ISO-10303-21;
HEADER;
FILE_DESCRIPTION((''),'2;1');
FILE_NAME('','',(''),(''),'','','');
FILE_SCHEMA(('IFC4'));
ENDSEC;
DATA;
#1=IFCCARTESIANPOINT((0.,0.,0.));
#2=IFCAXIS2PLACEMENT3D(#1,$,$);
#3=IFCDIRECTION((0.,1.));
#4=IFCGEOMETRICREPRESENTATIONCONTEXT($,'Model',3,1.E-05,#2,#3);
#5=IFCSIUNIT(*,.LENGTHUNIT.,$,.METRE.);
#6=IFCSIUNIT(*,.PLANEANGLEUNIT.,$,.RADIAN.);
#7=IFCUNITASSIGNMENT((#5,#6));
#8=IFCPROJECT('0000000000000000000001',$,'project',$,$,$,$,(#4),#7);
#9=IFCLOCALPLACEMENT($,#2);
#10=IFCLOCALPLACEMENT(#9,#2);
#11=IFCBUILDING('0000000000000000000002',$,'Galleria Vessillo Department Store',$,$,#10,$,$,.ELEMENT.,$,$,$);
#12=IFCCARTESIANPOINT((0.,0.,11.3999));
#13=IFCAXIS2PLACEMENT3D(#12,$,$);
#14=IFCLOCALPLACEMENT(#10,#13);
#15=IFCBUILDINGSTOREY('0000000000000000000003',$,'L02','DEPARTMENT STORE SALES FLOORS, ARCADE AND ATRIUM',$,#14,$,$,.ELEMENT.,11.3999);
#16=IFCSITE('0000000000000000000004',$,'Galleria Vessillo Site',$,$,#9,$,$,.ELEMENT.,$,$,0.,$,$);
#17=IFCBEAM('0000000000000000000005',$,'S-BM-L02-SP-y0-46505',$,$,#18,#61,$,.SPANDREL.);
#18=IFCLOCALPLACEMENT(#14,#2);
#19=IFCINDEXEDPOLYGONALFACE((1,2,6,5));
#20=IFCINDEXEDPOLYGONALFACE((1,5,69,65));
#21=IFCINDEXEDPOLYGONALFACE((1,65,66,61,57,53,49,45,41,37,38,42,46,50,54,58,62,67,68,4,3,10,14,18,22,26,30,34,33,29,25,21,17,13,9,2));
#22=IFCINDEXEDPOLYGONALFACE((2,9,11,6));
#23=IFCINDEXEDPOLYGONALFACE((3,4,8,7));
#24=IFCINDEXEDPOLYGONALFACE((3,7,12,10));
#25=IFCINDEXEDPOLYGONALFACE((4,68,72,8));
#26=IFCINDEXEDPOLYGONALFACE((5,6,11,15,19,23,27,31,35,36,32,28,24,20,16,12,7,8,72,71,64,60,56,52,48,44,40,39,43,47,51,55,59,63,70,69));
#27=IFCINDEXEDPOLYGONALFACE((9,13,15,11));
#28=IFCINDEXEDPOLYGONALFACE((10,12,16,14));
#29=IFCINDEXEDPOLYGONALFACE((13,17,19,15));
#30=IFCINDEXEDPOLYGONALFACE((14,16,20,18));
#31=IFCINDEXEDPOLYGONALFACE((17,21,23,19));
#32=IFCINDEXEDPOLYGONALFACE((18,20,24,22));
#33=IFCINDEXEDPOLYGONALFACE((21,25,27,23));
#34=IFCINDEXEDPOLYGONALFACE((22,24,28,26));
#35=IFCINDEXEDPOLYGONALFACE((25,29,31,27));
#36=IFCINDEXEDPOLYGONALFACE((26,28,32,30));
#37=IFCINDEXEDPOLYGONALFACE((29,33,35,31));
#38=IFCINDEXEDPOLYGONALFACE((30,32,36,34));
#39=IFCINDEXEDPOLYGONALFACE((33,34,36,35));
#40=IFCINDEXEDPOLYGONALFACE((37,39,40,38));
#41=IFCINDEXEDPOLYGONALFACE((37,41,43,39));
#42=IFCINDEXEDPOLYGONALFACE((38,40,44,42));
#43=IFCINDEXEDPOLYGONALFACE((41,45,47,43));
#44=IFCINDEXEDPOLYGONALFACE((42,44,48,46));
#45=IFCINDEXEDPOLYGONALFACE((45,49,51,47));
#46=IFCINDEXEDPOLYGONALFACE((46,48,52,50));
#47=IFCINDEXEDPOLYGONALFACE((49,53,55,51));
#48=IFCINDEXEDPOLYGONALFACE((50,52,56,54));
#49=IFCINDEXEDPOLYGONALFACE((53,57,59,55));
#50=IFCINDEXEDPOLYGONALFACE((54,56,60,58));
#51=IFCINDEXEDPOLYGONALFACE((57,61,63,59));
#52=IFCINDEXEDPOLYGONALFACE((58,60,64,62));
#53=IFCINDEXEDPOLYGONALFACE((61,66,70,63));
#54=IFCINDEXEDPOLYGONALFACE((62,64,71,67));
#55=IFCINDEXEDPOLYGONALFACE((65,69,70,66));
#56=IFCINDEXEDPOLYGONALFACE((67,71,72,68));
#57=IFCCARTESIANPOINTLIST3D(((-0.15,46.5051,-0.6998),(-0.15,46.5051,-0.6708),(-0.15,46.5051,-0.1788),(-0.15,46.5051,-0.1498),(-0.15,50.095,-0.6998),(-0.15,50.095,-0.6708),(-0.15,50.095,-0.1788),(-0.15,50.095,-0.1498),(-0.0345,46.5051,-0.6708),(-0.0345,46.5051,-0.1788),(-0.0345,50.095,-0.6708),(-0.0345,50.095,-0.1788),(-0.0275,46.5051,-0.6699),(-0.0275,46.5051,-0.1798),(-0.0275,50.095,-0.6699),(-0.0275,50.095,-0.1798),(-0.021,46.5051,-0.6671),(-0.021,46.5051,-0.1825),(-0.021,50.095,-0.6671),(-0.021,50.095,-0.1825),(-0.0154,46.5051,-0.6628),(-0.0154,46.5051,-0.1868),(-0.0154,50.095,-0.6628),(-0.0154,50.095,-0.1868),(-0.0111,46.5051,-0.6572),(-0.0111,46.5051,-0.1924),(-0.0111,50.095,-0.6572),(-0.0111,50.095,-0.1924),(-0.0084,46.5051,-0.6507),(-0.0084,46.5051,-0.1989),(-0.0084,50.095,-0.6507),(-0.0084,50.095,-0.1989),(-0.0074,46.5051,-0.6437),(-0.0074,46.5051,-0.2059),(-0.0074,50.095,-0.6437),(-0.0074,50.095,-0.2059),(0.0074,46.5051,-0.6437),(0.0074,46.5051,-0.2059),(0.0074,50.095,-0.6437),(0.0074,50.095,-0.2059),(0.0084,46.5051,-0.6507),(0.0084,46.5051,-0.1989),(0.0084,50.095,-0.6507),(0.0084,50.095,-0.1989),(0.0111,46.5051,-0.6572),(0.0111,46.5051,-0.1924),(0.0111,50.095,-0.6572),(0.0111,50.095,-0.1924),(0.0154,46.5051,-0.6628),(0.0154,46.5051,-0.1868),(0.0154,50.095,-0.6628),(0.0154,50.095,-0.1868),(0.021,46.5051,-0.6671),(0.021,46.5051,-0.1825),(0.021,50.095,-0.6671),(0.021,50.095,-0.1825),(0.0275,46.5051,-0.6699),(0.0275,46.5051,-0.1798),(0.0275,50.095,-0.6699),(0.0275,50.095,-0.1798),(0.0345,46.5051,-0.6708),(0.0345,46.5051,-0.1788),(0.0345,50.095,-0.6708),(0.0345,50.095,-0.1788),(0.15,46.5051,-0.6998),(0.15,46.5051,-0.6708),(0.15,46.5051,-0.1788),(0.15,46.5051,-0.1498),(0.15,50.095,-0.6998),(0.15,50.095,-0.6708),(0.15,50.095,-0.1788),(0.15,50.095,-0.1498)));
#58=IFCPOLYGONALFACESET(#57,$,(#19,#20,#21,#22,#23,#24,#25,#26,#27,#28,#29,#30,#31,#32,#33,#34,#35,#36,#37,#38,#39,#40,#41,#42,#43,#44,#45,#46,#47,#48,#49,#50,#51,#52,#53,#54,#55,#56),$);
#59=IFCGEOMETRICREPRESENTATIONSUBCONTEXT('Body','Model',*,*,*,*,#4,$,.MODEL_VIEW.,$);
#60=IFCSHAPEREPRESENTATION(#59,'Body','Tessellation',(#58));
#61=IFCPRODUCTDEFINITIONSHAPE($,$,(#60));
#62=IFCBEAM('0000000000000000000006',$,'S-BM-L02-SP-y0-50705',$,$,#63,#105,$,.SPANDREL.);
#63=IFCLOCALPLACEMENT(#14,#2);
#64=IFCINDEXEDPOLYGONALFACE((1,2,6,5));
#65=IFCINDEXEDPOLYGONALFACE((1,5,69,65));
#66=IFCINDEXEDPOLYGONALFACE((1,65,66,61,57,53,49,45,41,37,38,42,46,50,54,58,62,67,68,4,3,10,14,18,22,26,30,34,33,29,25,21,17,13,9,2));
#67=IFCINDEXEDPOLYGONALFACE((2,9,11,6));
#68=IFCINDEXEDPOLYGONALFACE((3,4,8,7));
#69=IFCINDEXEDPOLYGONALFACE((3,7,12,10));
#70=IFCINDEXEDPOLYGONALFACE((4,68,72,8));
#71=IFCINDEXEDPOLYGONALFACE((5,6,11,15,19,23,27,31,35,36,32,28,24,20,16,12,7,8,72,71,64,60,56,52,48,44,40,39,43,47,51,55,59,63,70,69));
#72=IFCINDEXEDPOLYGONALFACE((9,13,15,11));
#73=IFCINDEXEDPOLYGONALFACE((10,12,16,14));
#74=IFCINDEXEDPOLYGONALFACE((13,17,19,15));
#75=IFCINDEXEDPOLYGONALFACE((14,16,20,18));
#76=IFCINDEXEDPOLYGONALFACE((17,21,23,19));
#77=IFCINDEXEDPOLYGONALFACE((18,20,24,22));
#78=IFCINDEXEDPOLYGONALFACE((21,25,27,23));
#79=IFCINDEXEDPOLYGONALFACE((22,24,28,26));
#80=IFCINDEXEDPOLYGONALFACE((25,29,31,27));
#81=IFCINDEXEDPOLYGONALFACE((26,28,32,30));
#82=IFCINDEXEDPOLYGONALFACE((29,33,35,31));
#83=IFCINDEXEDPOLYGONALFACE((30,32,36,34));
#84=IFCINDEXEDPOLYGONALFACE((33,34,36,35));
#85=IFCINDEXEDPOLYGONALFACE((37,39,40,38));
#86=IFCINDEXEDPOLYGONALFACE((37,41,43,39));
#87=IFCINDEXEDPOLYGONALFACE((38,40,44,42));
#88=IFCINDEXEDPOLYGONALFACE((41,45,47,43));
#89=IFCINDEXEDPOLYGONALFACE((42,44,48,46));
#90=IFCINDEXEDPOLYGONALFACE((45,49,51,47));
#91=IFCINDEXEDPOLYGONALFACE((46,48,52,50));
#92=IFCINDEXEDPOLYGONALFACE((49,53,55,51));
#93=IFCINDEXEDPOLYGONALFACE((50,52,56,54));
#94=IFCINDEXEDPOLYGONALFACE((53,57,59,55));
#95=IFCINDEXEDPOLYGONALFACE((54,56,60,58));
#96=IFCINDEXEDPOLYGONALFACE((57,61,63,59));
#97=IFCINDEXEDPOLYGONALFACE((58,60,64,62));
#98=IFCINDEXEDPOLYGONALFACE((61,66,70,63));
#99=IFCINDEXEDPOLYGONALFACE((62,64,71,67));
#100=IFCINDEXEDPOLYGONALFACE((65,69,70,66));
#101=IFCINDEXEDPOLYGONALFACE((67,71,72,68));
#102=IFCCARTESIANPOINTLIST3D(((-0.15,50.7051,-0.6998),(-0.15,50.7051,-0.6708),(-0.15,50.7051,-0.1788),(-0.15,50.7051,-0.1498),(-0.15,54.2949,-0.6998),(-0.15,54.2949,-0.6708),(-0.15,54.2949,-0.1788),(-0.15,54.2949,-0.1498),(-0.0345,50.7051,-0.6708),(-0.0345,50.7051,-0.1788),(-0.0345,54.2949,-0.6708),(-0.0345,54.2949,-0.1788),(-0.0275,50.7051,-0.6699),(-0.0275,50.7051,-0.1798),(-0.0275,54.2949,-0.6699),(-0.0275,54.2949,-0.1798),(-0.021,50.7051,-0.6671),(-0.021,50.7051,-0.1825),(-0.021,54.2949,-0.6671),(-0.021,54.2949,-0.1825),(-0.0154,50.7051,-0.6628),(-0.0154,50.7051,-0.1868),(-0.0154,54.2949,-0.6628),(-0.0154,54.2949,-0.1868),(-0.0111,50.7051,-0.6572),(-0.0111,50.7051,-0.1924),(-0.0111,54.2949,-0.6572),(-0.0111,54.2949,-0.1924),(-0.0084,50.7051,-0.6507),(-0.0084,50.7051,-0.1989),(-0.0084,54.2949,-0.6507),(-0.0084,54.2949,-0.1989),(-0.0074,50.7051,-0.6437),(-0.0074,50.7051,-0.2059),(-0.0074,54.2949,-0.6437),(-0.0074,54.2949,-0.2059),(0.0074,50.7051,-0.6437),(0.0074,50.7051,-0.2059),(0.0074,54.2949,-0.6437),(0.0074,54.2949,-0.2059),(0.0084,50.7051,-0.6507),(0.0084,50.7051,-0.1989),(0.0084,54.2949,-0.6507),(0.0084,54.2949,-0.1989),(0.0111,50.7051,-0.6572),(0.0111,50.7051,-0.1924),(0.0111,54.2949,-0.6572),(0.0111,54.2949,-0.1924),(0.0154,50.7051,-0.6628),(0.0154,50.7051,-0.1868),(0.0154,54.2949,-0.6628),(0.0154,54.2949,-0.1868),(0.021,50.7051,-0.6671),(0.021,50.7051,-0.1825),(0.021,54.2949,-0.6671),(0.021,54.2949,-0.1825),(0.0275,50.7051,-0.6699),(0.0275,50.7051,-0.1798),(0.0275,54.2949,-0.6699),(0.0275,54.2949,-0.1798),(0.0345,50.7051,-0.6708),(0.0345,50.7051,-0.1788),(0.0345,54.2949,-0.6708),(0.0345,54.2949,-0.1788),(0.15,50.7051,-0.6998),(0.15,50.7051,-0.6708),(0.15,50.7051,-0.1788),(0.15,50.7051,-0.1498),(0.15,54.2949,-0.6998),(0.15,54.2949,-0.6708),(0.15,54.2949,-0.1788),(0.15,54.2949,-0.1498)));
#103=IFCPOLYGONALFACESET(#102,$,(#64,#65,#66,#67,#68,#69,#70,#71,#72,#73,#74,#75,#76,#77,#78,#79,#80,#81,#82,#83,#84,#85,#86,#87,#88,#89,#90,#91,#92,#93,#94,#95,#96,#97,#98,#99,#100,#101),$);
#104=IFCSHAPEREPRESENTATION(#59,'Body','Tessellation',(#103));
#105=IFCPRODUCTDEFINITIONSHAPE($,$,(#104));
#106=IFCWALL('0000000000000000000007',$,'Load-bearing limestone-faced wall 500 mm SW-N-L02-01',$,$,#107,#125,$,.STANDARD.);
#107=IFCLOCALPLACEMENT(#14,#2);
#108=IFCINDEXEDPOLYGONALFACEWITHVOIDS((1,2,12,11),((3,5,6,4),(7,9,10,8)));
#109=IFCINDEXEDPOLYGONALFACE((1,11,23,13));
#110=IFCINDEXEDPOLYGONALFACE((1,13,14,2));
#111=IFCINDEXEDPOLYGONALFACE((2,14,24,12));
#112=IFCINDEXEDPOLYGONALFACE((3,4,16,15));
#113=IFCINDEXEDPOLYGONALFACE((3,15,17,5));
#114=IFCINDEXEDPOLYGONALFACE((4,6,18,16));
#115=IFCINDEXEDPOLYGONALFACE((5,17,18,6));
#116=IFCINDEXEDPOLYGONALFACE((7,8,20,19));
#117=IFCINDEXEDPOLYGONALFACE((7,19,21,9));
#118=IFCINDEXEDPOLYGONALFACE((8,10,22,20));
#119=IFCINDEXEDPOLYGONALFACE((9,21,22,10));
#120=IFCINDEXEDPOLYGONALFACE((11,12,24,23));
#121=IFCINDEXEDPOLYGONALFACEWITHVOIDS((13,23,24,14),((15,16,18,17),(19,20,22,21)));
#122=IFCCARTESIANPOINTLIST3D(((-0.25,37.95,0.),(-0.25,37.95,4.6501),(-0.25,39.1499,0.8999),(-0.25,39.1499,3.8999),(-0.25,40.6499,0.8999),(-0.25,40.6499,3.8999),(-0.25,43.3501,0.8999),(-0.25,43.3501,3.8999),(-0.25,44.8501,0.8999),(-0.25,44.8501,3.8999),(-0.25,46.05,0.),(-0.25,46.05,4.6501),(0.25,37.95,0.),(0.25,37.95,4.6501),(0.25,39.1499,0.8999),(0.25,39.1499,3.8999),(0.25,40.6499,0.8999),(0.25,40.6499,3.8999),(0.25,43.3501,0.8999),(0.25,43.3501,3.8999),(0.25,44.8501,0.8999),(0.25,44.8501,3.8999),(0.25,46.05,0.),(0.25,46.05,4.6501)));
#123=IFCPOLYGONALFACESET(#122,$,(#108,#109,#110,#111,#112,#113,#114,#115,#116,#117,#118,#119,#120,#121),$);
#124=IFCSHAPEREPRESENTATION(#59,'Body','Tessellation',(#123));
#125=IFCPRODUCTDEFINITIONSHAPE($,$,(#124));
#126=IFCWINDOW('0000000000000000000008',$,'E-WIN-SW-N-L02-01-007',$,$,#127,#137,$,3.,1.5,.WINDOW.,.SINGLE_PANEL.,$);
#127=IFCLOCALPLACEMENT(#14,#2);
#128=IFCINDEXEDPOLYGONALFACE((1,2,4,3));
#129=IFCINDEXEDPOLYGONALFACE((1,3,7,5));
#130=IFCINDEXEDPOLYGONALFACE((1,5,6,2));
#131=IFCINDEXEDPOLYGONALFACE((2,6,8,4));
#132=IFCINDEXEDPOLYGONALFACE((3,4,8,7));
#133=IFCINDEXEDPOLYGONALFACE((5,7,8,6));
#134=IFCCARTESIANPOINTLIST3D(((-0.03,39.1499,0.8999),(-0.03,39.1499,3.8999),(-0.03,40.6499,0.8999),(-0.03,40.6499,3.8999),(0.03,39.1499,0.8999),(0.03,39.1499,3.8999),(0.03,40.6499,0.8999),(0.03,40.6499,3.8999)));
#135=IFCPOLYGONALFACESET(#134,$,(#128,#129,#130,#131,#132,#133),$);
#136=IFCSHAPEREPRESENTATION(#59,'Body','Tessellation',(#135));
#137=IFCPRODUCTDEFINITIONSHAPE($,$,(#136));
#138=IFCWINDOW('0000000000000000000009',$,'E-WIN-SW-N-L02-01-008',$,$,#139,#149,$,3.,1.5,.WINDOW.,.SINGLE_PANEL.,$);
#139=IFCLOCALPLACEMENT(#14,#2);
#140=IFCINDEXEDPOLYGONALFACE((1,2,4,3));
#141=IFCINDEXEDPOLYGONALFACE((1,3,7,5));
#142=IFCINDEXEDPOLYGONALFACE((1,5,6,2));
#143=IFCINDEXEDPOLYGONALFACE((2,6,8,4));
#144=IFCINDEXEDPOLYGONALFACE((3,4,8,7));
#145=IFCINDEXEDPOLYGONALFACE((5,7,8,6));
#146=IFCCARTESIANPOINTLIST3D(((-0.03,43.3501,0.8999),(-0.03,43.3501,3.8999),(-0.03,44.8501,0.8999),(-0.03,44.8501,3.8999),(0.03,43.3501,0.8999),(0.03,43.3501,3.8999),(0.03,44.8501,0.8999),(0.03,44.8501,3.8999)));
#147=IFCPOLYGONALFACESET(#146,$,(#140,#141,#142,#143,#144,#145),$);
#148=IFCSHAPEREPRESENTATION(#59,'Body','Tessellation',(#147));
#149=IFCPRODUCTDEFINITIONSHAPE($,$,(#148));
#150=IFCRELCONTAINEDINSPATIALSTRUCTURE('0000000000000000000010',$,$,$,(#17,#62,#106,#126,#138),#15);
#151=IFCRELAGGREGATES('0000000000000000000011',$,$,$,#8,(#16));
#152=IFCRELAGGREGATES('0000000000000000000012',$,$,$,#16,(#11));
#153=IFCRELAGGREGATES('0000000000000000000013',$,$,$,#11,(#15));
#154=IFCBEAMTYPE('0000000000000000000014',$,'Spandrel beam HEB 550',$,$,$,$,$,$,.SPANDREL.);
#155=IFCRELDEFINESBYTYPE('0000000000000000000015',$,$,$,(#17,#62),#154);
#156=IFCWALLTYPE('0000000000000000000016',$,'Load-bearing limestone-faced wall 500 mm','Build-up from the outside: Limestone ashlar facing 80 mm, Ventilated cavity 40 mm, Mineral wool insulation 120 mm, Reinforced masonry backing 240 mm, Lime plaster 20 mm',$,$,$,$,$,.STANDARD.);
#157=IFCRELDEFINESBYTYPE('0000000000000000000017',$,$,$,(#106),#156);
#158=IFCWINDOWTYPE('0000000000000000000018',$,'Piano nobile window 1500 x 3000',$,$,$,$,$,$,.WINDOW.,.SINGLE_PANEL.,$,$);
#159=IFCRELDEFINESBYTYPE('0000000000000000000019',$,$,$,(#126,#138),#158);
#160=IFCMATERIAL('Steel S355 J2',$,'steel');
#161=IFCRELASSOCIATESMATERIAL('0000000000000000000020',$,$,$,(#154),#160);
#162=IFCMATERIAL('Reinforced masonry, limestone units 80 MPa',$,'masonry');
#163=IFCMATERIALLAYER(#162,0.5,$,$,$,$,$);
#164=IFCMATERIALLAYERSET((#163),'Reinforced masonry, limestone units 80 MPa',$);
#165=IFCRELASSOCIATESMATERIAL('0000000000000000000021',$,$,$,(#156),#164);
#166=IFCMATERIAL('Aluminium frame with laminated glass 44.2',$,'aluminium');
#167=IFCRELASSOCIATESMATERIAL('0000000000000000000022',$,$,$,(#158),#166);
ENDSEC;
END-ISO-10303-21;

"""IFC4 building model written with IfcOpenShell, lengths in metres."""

from ifc_helpers import new_model, si_unit, direction, frame, frame_2d, origin, origin_2d, place, context, subcontext, project, spatial, rectangle, i_section, extrude, material, layer, layer_set, material_profile, profile_set, type_object, element, fill, save


model = new_model("IFC4")

# Units and contexts
model_context = context("Model", 3, precision=1e-05, world=origin(), true_north=direction((0.0, 1.0)))
body_context = subcontext(model_context, "Body", "Model", "MODEL_VIEW")
ifc_project = project(units=[si_unit("LENGTHUNIT", "METRE"), si_unit("PLANEANGLEUNIT", "RADIAN")], contexts=[model_context])

# Site, building, storey
site_placement = place(None, origin())
site = spatial("IfcSite", under=ifc_project, at=site_placement, Name="Galleria Vessillo Site", CompositionType="ELEMENT", RefElevation=0.0)
building_placement = place(site_placement, origin())
building = spatial("IfcBuilding", under=site, at=building_placement, Name="Galleria Vessillo Department Store", CompositionType="ELEMENT")
storey_placement = place(building_placement, frame((0.0, 0.0, 11.3999)))
storey = spatial("IfcBuildingStorey", under=building, at=storey_placement, Name="L02", Description="DEPARTMENT STORE SALES FLOORS, ARCADE AND ATRIUM", CompositionType="ELEMENT", Elevation=11.3999)

# Beams
ifc_material_1 = material(Name="Steel S355 J2", Category="steel")
ifc_material_profile_1 = material_profile(ifc_material_1, i_section(OverallWidth=0.3, OverallDepth=0.55, WebThickness=0.0149, FlangeThickness=0.0291, FilletRadius=0.0271, at=origin_2d()), Name="HEB 550")
ifc_profile_set_1 = profile_set([ifc_material_profile_1], Name="Steel S355 J2")
beam_type_1 = type_object("IfcBeamType", Name="Spandrel beam HEB 550", PredefinedType="SPANDREL", material=ifc_profile_set_1)
for number, where, z_axis, x_axis, name in (
    (1, (0.0, 46.5051, -0.4248), (0.0, 1.0, 0.0), (-1.0, 0.0, 0.0), "S-BM-L02-SP-y0-46505"),
    (2, (0.0, 50.7051, -0.4248), (0.0, 1.0, 0.0), (-1.0, 0.0, 0.0), "S-BM-L02-SP-y0-50705"),
):
    element("IfcBeam", number, at=place(storey_placement, frame(where, z_axis=z_axis, x_axis=x_axis)), inside=storey, type_object=beam_type_1, Name=name, PredefinedType="SPANDREL", context=body_context, shape_type="SweptSolid", body=[
        extrude(i_section(OverallWidth=0.3, OverallDepth=0.55, WebThickness=0.0149, FlangeThickness=0.0291, FilletRadius=0.0271, at=origin_2d()), origin(), (0.0, 0.0, 1.0), 3.5898),
    ])

# Wall, openings, windows
ifc_material_2 = material(Name="Reinforced masonry, limestone units 80 MPa", Category="masonry")
ifc_layer_1 = layer(ifc_material_2, 0.5)
ifc_layer_set_1 = layer_set([ifc_layer_1], Name="Reinforced masonry, limestone units 80 MPa")
wall_type = type_object("IfcWallType", Name="Load-bearing limestone-faced wall 500 mm", Description="Build-up from the outside: Limestone ashlar facing 80 mm, Ventilated cavity 40 mm, Mineral wool insulation 120 mm, Reinforced masonry backing 240 mm, Lime plaster 20 mm", PredefinedType="STANDARD", material=ifc_layer_set_1)
wall_1_placement = place(storey_placement, frame((0.0, 37.95, 0.0), z_axis=(0.0, 0.0, 1.0), x_axis=(0.0, 1.0, 0.0)))
wall_1 = element("IfcWall", 3, at=wall_1_placement, inside=storey, type_object=wall_type, Name="Load-bearing limestone-faced wall 500 mm SW-N-L02-01", PredefinedType="STANDARD", context=body_context, shape_type="SweptSolid", body=[
    extrude(rectangle(XDim=8.1001, YDim=0.5, at=frame_2d((4.05, 0.0))), origin(), (0.0, 0.0, 1.0), 4.6501),
])
opening_1_placement = place(wall_1_placement, frame((1.2, 0.0, 0.8999)))
opening_1 = element("IfcOpeningElement", 4, at=opening_1_placement, cuts=wall_1, PredefinedType="OPENING", context=body_context, shape_type="SweptSolid", body=[
    extrude(rectangle(XDim=1.5, YDim=3.0, at=frame_2d((0.75, 1.5))), frame((0.0, 0.26, 0.0), z_axis=(0.0, -1.0, 0.0), x_axis=(1.0, 0.0, 0.0)), (0.0, 0.0, 1.0), 0.52),
])
opening_2_placement = place(wall_1_placement, frame((5.4001, 0.0, 0.8999)))
opening_2 = element("IfcOpeningElement", 5, at=opening_2_placement, cuts=wall_1, PredefinedType="OPENING", context=body_context, shape_type="SweptSolid", body=[
    extrude(rectangle(XDim=1.5, YDim=3.0, at=frame_2d((0.75, 1.5))), frame((0.0, 0.26, 0.0), z_axis=(0.0, -1.0, 0.0), x_axis=(1.0, 0.0, 0.0)), (0.0, 0.0, 1.0), 0.52),
])
ifc_material_3 = material(Name="Aluminium frame with laminated glass 44.2", Category="aluminium")
window_type = type_object("IfcWindowType", Name="Piano nobile window 1500 x 3000", PartitioningType="SINGLE_PANEL", PredefinedType="WINDOW", material=ifc_material_3)
window_1_placement = place(opening_1_placement, origin())
window_1 = element("IfcWindow", 6, at=window_1_placement, inside=storey, type_object=window_type, Name="E-WIN-SW-N-L02-01-007", OverallHeight=3.0, OverallWidth=1.5, PartitioningType="SINGLE_PANEL", PredefinedType="WINDOW", context=body_context, shape_type="SweptSolid", body=[
    extrude(rectangle(XDim=1.5, YDim=3.0, at=frame_2d((0.75, 1.5))), frame((0.0, 0.03, 0.0), z_axis=(0.0, -1.0, 0.0), x_axis=(1.0, 0.0, 0.0)), (0.0, 0.0, 1.0), 0.0601),
])
fill(opening_1, window_1)
window_2_placement = place(opening_2_placement, origin())
window_2 = element("IfcWindow", 7, at=window_2_placement, inside=storey, type_object=window_type, Name="E-WIN-SW-N-L02-01-008", OverallHeight=3.0, OverallWidth=1.5, PartitioningType="SINGLE_PANEL", PredefinedType="WINDOW", context=body_context, shape_type="SweptSolid", body=[
    extrude(rectangle(XDim=1.5, YDim=3.0, at=frame_2d((0.75, 1.5))), frame((0.0, 0.03, 0.0), z_axis=(0.0, -1.0, 0.0), x_axis=(1.0, 0.0, 0.0)), (0.0, 0.0, 1.0), 0.0601),
])
fill(opening_2, window_2)

save(model, "model.ifc")
